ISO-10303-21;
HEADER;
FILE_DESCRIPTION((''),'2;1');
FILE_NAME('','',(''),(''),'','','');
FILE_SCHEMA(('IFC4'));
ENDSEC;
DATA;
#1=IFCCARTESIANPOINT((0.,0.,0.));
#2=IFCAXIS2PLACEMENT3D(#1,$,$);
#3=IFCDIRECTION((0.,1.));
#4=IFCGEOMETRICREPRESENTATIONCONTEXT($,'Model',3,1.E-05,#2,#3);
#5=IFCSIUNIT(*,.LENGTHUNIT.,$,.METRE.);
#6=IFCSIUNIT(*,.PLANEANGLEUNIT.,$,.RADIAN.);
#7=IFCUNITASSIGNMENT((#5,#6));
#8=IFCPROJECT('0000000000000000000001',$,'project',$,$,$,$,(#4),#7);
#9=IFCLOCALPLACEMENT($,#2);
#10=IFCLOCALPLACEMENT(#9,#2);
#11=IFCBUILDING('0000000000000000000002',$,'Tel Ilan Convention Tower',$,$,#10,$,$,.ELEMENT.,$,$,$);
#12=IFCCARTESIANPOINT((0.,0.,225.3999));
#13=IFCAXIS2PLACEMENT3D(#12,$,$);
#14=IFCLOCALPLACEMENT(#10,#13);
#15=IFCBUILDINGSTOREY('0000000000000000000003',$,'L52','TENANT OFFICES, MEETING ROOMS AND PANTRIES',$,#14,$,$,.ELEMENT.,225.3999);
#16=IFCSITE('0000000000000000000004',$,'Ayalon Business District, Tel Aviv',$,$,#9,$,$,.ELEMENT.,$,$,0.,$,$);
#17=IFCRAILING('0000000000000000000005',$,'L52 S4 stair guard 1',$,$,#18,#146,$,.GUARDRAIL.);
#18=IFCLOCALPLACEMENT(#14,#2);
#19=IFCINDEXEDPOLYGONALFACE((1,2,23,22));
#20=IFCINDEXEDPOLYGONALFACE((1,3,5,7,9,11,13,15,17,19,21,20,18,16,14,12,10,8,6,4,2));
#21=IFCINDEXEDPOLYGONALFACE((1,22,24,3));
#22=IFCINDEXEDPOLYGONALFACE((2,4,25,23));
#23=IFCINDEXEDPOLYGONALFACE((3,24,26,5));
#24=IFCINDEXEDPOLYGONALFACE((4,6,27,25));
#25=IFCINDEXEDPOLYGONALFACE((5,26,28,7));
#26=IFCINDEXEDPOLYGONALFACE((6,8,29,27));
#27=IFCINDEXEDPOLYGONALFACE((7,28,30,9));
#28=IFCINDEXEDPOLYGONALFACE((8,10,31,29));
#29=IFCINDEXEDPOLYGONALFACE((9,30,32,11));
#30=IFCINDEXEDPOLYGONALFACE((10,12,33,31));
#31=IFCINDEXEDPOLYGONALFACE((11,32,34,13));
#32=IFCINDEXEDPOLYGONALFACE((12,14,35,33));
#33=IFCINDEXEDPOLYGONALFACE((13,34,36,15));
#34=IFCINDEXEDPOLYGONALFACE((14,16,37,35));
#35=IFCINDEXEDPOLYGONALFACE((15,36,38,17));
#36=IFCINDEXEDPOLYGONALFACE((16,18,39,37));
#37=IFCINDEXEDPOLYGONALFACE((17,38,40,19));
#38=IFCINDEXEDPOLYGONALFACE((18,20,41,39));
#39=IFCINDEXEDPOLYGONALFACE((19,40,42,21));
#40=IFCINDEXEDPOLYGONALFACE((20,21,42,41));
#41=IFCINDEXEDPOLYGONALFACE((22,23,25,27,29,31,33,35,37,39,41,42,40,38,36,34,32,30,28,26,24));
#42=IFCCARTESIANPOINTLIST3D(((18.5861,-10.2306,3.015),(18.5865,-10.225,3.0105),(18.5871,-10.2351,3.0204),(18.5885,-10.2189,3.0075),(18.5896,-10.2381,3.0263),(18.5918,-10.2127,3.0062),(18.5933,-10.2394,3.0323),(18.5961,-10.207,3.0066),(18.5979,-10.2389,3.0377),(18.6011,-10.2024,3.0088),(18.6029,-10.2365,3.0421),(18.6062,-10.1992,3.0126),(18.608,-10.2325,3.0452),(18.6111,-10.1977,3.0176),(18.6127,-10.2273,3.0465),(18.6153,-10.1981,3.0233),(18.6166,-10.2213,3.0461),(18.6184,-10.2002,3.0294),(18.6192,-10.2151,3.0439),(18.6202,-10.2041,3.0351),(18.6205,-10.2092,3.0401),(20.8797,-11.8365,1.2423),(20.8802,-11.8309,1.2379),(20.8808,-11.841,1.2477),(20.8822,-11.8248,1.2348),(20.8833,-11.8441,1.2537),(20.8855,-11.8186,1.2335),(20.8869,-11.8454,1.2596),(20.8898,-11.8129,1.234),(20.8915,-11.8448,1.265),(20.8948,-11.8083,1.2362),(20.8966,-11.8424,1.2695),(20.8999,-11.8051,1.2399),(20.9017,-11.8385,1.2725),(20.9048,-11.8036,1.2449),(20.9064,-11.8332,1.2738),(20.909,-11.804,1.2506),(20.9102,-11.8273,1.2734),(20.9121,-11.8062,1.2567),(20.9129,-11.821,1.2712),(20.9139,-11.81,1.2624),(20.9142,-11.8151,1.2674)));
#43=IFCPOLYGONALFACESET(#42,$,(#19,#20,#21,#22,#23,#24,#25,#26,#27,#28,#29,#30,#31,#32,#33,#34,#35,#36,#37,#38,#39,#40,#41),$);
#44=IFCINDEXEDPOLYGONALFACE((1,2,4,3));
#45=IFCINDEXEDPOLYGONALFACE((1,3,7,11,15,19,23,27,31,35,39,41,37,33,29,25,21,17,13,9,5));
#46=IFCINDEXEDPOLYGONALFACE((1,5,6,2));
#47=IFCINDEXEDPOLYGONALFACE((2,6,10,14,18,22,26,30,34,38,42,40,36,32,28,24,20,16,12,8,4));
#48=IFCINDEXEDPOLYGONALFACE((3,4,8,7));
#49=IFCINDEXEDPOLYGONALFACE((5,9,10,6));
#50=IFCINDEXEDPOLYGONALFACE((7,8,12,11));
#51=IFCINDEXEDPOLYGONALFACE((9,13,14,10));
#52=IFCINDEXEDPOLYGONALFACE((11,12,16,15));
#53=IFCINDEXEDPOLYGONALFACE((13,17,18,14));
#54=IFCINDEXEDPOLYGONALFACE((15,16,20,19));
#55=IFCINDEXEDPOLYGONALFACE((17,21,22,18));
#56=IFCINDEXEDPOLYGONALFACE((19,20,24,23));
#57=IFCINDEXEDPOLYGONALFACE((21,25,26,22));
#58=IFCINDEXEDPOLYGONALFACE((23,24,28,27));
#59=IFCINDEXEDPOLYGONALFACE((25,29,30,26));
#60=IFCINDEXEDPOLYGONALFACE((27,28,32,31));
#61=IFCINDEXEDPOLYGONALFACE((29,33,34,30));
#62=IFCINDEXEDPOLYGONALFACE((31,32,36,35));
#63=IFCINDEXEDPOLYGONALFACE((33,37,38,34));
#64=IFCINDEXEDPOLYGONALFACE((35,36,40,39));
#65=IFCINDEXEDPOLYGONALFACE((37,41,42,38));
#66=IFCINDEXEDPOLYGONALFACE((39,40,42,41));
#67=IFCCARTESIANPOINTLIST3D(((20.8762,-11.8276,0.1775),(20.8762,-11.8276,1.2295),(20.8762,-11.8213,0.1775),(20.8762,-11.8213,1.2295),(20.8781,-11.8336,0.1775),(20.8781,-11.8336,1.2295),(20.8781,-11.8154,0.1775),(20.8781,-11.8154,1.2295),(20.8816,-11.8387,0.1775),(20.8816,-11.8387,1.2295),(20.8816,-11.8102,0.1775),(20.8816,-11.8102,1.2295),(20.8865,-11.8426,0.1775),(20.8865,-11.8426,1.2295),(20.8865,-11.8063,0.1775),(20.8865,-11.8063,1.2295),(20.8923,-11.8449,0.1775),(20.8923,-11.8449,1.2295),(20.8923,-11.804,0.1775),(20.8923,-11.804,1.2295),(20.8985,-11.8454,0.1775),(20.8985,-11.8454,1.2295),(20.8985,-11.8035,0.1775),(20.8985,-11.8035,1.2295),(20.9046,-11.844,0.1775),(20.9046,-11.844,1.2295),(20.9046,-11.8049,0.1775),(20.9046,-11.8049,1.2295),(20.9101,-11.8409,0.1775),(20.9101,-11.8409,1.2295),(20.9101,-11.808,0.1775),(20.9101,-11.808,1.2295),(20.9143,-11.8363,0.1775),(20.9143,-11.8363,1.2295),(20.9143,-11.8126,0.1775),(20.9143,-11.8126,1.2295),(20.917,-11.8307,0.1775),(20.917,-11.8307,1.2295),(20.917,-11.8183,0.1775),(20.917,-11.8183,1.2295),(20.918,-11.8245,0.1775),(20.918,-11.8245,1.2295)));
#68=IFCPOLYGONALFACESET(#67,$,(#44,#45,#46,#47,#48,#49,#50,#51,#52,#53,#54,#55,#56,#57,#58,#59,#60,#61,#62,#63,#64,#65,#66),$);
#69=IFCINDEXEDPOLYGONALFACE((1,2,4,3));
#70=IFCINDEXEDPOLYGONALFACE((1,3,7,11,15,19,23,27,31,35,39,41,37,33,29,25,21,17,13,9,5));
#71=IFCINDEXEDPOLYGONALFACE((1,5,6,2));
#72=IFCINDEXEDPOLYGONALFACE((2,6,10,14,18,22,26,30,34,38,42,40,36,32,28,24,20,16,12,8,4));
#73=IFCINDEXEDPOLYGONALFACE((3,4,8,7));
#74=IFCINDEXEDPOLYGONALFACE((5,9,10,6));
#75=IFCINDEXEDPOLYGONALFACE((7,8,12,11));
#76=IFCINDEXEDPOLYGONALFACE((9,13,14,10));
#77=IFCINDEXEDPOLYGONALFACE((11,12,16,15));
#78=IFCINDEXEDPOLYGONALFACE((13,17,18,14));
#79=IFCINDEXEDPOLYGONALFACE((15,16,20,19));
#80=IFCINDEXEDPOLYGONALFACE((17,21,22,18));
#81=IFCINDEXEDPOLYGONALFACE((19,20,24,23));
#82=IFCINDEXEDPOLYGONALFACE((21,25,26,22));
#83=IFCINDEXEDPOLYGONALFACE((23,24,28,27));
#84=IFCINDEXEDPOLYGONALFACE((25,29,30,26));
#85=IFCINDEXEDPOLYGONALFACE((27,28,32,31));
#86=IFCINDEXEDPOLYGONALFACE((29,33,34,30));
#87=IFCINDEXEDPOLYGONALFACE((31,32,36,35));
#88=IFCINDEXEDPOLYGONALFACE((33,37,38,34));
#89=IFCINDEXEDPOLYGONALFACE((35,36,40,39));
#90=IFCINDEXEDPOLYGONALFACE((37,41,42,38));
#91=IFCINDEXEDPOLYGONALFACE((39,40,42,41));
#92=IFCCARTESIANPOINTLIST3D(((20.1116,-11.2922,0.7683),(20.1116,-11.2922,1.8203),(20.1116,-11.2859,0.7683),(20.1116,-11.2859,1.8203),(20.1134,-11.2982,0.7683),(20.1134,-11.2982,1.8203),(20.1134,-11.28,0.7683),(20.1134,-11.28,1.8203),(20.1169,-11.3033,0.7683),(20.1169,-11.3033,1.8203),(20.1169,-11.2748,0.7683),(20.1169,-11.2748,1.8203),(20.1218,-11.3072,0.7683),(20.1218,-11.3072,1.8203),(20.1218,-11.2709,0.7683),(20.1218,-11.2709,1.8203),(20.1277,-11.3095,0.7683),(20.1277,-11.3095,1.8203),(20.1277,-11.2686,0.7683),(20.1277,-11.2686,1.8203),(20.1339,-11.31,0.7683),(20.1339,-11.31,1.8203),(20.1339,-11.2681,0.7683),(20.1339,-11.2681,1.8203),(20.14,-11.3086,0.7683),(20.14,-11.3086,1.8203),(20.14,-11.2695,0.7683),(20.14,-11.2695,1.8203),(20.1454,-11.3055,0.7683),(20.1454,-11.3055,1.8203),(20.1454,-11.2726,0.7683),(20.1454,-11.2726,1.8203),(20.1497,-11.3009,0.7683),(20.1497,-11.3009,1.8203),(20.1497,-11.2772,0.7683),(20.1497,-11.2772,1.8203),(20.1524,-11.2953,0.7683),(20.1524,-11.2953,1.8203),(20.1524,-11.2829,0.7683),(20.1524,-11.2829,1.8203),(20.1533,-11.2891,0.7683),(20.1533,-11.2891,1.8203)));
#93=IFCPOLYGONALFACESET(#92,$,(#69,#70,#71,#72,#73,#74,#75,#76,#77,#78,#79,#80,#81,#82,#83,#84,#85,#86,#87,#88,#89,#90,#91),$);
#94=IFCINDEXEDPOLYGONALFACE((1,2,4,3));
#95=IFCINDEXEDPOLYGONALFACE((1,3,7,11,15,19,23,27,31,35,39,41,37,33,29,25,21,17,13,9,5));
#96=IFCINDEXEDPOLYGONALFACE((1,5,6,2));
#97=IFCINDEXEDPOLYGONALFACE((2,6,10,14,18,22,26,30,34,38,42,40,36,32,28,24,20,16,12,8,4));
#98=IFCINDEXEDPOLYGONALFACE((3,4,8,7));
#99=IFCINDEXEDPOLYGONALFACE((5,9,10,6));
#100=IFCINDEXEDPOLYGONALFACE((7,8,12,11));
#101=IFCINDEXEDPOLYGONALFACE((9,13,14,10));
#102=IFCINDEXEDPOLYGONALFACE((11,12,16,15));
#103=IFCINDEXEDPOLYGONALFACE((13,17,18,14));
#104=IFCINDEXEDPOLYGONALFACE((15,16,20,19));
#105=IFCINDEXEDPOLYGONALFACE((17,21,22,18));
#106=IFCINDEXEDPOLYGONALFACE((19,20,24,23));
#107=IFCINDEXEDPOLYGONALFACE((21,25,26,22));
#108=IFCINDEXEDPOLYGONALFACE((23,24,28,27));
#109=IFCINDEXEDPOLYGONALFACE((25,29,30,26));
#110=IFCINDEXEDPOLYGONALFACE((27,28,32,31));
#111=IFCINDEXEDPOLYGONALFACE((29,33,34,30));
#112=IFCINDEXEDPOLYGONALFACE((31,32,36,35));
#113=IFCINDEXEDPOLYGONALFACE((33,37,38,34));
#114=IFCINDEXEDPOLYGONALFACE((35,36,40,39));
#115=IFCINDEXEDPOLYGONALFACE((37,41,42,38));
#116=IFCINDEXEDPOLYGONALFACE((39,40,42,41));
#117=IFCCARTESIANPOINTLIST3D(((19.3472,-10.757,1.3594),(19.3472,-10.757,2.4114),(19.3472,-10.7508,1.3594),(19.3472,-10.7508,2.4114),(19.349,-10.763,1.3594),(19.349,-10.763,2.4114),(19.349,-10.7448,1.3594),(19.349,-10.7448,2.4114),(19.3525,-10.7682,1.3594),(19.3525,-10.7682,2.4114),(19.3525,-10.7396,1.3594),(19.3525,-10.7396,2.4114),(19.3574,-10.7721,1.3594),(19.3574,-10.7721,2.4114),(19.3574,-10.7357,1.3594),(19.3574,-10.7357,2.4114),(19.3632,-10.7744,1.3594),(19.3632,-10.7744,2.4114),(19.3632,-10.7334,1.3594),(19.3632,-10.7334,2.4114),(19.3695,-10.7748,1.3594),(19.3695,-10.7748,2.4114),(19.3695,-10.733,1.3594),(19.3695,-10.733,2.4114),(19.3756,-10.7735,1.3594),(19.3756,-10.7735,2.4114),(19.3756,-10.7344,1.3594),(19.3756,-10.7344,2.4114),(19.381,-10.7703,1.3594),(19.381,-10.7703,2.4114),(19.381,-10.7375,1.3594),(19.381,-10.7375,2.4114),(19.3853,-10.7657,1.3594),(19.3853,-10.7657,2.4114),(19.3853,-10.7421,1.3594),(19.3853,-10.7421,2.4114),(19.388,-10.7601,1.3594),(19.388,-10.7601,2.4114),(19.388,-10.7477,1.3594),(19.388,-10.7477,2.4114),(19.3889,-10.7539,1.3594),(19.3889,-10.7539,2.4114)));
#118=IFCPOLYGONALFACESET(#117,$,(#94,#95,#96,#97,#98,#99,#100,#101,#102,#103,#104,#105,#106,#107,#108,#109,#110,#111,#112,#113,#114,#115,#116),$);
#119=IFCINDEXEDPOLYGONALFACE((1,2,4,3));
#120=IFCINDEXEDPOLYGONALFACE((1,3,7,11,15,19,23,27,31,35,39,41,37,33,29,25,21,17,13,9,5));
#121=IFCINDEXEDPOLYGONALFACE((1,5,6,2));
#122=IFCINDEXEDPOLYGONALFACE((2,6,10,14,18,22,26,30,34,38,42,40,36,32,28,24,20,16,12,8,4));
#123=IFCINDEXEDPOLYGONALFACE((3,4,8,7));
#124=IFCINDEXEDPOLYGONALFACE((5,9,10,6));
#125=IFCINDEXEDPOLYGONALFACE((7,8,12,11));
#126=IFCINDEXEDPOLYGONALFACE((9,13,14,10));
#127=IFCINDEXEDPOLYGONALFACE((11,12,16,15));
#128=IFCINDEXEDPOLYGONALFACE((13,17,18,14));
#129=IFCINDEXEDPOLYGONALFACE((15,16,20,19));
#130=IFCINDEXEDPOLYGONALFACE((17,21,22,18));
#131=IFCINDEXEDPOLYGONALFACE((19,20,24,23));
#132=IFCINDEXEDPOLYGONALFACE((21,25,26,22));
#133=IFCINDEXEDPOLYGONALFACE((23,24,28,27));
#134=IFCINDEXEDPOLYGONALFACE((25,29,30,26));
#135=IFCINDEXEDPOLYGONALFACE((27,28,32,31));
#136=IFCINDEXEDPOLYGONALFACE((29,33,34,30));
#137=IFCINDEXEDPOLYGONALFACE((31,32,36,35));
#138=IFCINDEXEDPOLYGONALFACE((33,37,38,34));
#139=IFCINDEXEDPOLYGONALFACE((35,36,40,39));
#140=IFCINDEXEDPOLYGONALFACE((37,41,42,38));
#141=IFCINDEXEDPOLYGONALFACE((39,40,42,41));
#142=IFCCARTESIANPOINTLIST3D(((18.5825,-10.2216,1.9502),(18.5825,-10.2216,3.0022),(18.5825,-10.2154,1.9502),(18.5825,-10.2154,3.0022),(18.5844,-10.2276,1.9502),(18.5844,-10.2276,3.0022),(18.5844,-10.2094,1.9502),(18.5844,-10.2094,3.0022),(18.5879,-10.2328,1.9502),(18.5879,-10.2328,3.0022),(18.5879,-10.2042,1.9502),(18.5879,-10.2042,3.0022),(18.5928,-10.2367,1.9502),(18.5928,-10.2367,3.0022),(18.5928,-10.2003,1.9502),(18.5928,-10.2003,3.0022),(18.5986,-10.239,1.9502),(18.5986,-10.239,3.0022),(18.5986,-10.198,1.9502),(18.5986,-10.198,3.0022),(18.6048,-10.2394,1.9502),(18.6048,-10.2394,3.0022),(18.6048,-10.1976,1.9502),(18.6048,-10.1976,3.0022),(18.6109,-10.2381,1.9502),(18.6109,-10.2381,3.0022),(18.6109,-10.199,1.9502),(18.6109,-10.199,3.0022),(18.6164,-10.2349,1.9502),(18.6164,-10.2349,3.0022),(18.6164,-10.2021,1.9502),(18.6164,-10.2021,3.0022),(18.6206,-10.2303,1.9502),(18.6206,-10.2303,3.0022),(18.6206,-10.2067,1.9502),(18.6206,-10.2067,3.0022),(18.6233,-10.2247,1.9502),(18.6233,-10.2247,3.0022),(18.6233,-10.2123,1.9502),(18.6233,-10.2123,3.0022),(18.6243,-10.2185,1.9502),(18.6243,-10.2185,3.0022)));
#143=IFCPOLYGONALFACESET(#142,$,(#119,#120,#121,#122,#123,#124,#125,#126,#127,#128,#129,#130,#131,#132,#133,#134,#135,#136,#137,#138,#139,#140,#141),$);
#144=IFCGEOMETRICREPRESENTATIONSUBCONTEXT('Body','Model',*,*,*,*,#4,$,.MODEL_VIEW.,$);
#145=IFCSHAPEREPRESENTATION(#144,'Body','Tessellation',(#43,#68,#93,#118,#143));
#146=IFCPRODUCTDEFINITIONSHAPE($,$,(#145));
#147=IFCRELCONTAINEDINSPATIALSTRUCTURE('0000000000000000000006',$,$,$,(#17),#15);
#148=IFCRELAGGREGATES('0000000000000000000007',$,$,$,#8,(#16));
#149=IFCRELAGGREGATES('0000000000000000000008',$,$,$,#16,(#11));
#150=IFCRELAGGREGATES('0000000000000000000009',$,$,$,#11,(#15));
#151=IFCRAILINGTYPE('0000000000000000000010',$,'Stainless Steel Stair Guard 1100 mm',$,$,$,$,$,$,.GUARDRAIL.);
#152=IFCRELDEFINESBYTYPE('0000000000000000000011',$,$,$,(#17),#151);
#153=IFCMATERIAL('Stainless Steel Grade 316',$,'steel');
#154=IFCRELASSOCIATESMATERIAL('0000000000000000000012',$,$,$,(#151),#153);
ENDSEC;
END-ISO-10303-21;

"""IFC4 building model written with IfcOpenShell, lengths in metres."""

from ifc_helpers import new_model, si_unit, direction, frame, origin, origin_2d, place, context, subcontext, project, spatial, circle, extrude, material, type_object, element, save


model = new_model("IFC4")

# Units and contexts
model_context = context("Model", 3, precision=1e-05, world=origin(), true_north=direction((0.0, 1.0)))
body_context = subcontext(model_context, "Body", "Model", "MODEL_VIEW")
ifc_project = project(units=[si_unit("LENGTHUNIT", "METRE"), si_unit("PLANEANGLEUNIT", "RADIAN")], contexts=[model_context])

# Site, building, storey
site_placement = place(None, origin())
site = spatial("IfcSite", under=ifc_project, at=site_placement, Name="Ayalon Business District, Tel Aviv", CompositionType="ELEMENT", RefElevation=0.0)
building_placement = place(site_placement, origin())
building = spatial("IfcBuilding", under=site, at=building_placement, Name="Tel Ilan Convention Tower", CompositionType="ELEMENT")
storey_placement = place(building_placement, frame((0.0, 0.0, 225.3999)))
storey = spatial("IfcBuildingStorey", under=building, at=storey_placement, Name="L52", Description="TENANT OFFICES, MEETING ROOMS AND PANTRIES", CompositionType="ELEMENT", Elevation=225.3999)

# Railing
ifc_material_1 = material(Name="Stainless Steel Grade 316", Category="steel")
railing_type_1 = type_object("IfcRailingType", Name="Stainless Steel Stair Guard 1100 mm", PredefinedType="GUARDRAIL", material=ifc_material_1)
railing_1_placement = place(storey_placement, frame((20.897, -11.8245, 0.1775)))
element("IfcRailing", 1, at=railing_1_placement, inside=storey, type_object=railing_type_1, Name="L52 S4 stair guard 1", PredefinedType="GUARDRAIL", context=body_context, shape_type="SweptSolid", body=[
    extrude(circle(Radius=0.0239, at=origin_2d()), frame((0.0, 0.0, 1.0762), z_axis=(-0.692123, 0.484597, 0.534913), x_axis=(-0.57355, -0.81917, 0.0)), (0.0, 0.0, 1.0), 3.314),
    extrude(circle(Radius=0.021, at=origin_2d()), origin(), (0.0, 0.0, 1.0), 1.052),
    extrude(circle(Radius=0.021, at=origin_2d()), frame((-0.7646, 0.5354, 0.5908)), (0.0, 0.0, 1.0), 1.052),
    extrude(circle(Radius=0.021, at=origin_2d()), frame((-1.5291, 1.0706, 1.1819)), (0.0, 0.0, 1.0), 1.052),
    extrude(circle(Radius=0.021, at=origin_2d()), frame((-2.2937, 1.606, 1.7727)), (0.0, 0.0, 1.0), 1.052),
])

save(model, "model.ifc")
